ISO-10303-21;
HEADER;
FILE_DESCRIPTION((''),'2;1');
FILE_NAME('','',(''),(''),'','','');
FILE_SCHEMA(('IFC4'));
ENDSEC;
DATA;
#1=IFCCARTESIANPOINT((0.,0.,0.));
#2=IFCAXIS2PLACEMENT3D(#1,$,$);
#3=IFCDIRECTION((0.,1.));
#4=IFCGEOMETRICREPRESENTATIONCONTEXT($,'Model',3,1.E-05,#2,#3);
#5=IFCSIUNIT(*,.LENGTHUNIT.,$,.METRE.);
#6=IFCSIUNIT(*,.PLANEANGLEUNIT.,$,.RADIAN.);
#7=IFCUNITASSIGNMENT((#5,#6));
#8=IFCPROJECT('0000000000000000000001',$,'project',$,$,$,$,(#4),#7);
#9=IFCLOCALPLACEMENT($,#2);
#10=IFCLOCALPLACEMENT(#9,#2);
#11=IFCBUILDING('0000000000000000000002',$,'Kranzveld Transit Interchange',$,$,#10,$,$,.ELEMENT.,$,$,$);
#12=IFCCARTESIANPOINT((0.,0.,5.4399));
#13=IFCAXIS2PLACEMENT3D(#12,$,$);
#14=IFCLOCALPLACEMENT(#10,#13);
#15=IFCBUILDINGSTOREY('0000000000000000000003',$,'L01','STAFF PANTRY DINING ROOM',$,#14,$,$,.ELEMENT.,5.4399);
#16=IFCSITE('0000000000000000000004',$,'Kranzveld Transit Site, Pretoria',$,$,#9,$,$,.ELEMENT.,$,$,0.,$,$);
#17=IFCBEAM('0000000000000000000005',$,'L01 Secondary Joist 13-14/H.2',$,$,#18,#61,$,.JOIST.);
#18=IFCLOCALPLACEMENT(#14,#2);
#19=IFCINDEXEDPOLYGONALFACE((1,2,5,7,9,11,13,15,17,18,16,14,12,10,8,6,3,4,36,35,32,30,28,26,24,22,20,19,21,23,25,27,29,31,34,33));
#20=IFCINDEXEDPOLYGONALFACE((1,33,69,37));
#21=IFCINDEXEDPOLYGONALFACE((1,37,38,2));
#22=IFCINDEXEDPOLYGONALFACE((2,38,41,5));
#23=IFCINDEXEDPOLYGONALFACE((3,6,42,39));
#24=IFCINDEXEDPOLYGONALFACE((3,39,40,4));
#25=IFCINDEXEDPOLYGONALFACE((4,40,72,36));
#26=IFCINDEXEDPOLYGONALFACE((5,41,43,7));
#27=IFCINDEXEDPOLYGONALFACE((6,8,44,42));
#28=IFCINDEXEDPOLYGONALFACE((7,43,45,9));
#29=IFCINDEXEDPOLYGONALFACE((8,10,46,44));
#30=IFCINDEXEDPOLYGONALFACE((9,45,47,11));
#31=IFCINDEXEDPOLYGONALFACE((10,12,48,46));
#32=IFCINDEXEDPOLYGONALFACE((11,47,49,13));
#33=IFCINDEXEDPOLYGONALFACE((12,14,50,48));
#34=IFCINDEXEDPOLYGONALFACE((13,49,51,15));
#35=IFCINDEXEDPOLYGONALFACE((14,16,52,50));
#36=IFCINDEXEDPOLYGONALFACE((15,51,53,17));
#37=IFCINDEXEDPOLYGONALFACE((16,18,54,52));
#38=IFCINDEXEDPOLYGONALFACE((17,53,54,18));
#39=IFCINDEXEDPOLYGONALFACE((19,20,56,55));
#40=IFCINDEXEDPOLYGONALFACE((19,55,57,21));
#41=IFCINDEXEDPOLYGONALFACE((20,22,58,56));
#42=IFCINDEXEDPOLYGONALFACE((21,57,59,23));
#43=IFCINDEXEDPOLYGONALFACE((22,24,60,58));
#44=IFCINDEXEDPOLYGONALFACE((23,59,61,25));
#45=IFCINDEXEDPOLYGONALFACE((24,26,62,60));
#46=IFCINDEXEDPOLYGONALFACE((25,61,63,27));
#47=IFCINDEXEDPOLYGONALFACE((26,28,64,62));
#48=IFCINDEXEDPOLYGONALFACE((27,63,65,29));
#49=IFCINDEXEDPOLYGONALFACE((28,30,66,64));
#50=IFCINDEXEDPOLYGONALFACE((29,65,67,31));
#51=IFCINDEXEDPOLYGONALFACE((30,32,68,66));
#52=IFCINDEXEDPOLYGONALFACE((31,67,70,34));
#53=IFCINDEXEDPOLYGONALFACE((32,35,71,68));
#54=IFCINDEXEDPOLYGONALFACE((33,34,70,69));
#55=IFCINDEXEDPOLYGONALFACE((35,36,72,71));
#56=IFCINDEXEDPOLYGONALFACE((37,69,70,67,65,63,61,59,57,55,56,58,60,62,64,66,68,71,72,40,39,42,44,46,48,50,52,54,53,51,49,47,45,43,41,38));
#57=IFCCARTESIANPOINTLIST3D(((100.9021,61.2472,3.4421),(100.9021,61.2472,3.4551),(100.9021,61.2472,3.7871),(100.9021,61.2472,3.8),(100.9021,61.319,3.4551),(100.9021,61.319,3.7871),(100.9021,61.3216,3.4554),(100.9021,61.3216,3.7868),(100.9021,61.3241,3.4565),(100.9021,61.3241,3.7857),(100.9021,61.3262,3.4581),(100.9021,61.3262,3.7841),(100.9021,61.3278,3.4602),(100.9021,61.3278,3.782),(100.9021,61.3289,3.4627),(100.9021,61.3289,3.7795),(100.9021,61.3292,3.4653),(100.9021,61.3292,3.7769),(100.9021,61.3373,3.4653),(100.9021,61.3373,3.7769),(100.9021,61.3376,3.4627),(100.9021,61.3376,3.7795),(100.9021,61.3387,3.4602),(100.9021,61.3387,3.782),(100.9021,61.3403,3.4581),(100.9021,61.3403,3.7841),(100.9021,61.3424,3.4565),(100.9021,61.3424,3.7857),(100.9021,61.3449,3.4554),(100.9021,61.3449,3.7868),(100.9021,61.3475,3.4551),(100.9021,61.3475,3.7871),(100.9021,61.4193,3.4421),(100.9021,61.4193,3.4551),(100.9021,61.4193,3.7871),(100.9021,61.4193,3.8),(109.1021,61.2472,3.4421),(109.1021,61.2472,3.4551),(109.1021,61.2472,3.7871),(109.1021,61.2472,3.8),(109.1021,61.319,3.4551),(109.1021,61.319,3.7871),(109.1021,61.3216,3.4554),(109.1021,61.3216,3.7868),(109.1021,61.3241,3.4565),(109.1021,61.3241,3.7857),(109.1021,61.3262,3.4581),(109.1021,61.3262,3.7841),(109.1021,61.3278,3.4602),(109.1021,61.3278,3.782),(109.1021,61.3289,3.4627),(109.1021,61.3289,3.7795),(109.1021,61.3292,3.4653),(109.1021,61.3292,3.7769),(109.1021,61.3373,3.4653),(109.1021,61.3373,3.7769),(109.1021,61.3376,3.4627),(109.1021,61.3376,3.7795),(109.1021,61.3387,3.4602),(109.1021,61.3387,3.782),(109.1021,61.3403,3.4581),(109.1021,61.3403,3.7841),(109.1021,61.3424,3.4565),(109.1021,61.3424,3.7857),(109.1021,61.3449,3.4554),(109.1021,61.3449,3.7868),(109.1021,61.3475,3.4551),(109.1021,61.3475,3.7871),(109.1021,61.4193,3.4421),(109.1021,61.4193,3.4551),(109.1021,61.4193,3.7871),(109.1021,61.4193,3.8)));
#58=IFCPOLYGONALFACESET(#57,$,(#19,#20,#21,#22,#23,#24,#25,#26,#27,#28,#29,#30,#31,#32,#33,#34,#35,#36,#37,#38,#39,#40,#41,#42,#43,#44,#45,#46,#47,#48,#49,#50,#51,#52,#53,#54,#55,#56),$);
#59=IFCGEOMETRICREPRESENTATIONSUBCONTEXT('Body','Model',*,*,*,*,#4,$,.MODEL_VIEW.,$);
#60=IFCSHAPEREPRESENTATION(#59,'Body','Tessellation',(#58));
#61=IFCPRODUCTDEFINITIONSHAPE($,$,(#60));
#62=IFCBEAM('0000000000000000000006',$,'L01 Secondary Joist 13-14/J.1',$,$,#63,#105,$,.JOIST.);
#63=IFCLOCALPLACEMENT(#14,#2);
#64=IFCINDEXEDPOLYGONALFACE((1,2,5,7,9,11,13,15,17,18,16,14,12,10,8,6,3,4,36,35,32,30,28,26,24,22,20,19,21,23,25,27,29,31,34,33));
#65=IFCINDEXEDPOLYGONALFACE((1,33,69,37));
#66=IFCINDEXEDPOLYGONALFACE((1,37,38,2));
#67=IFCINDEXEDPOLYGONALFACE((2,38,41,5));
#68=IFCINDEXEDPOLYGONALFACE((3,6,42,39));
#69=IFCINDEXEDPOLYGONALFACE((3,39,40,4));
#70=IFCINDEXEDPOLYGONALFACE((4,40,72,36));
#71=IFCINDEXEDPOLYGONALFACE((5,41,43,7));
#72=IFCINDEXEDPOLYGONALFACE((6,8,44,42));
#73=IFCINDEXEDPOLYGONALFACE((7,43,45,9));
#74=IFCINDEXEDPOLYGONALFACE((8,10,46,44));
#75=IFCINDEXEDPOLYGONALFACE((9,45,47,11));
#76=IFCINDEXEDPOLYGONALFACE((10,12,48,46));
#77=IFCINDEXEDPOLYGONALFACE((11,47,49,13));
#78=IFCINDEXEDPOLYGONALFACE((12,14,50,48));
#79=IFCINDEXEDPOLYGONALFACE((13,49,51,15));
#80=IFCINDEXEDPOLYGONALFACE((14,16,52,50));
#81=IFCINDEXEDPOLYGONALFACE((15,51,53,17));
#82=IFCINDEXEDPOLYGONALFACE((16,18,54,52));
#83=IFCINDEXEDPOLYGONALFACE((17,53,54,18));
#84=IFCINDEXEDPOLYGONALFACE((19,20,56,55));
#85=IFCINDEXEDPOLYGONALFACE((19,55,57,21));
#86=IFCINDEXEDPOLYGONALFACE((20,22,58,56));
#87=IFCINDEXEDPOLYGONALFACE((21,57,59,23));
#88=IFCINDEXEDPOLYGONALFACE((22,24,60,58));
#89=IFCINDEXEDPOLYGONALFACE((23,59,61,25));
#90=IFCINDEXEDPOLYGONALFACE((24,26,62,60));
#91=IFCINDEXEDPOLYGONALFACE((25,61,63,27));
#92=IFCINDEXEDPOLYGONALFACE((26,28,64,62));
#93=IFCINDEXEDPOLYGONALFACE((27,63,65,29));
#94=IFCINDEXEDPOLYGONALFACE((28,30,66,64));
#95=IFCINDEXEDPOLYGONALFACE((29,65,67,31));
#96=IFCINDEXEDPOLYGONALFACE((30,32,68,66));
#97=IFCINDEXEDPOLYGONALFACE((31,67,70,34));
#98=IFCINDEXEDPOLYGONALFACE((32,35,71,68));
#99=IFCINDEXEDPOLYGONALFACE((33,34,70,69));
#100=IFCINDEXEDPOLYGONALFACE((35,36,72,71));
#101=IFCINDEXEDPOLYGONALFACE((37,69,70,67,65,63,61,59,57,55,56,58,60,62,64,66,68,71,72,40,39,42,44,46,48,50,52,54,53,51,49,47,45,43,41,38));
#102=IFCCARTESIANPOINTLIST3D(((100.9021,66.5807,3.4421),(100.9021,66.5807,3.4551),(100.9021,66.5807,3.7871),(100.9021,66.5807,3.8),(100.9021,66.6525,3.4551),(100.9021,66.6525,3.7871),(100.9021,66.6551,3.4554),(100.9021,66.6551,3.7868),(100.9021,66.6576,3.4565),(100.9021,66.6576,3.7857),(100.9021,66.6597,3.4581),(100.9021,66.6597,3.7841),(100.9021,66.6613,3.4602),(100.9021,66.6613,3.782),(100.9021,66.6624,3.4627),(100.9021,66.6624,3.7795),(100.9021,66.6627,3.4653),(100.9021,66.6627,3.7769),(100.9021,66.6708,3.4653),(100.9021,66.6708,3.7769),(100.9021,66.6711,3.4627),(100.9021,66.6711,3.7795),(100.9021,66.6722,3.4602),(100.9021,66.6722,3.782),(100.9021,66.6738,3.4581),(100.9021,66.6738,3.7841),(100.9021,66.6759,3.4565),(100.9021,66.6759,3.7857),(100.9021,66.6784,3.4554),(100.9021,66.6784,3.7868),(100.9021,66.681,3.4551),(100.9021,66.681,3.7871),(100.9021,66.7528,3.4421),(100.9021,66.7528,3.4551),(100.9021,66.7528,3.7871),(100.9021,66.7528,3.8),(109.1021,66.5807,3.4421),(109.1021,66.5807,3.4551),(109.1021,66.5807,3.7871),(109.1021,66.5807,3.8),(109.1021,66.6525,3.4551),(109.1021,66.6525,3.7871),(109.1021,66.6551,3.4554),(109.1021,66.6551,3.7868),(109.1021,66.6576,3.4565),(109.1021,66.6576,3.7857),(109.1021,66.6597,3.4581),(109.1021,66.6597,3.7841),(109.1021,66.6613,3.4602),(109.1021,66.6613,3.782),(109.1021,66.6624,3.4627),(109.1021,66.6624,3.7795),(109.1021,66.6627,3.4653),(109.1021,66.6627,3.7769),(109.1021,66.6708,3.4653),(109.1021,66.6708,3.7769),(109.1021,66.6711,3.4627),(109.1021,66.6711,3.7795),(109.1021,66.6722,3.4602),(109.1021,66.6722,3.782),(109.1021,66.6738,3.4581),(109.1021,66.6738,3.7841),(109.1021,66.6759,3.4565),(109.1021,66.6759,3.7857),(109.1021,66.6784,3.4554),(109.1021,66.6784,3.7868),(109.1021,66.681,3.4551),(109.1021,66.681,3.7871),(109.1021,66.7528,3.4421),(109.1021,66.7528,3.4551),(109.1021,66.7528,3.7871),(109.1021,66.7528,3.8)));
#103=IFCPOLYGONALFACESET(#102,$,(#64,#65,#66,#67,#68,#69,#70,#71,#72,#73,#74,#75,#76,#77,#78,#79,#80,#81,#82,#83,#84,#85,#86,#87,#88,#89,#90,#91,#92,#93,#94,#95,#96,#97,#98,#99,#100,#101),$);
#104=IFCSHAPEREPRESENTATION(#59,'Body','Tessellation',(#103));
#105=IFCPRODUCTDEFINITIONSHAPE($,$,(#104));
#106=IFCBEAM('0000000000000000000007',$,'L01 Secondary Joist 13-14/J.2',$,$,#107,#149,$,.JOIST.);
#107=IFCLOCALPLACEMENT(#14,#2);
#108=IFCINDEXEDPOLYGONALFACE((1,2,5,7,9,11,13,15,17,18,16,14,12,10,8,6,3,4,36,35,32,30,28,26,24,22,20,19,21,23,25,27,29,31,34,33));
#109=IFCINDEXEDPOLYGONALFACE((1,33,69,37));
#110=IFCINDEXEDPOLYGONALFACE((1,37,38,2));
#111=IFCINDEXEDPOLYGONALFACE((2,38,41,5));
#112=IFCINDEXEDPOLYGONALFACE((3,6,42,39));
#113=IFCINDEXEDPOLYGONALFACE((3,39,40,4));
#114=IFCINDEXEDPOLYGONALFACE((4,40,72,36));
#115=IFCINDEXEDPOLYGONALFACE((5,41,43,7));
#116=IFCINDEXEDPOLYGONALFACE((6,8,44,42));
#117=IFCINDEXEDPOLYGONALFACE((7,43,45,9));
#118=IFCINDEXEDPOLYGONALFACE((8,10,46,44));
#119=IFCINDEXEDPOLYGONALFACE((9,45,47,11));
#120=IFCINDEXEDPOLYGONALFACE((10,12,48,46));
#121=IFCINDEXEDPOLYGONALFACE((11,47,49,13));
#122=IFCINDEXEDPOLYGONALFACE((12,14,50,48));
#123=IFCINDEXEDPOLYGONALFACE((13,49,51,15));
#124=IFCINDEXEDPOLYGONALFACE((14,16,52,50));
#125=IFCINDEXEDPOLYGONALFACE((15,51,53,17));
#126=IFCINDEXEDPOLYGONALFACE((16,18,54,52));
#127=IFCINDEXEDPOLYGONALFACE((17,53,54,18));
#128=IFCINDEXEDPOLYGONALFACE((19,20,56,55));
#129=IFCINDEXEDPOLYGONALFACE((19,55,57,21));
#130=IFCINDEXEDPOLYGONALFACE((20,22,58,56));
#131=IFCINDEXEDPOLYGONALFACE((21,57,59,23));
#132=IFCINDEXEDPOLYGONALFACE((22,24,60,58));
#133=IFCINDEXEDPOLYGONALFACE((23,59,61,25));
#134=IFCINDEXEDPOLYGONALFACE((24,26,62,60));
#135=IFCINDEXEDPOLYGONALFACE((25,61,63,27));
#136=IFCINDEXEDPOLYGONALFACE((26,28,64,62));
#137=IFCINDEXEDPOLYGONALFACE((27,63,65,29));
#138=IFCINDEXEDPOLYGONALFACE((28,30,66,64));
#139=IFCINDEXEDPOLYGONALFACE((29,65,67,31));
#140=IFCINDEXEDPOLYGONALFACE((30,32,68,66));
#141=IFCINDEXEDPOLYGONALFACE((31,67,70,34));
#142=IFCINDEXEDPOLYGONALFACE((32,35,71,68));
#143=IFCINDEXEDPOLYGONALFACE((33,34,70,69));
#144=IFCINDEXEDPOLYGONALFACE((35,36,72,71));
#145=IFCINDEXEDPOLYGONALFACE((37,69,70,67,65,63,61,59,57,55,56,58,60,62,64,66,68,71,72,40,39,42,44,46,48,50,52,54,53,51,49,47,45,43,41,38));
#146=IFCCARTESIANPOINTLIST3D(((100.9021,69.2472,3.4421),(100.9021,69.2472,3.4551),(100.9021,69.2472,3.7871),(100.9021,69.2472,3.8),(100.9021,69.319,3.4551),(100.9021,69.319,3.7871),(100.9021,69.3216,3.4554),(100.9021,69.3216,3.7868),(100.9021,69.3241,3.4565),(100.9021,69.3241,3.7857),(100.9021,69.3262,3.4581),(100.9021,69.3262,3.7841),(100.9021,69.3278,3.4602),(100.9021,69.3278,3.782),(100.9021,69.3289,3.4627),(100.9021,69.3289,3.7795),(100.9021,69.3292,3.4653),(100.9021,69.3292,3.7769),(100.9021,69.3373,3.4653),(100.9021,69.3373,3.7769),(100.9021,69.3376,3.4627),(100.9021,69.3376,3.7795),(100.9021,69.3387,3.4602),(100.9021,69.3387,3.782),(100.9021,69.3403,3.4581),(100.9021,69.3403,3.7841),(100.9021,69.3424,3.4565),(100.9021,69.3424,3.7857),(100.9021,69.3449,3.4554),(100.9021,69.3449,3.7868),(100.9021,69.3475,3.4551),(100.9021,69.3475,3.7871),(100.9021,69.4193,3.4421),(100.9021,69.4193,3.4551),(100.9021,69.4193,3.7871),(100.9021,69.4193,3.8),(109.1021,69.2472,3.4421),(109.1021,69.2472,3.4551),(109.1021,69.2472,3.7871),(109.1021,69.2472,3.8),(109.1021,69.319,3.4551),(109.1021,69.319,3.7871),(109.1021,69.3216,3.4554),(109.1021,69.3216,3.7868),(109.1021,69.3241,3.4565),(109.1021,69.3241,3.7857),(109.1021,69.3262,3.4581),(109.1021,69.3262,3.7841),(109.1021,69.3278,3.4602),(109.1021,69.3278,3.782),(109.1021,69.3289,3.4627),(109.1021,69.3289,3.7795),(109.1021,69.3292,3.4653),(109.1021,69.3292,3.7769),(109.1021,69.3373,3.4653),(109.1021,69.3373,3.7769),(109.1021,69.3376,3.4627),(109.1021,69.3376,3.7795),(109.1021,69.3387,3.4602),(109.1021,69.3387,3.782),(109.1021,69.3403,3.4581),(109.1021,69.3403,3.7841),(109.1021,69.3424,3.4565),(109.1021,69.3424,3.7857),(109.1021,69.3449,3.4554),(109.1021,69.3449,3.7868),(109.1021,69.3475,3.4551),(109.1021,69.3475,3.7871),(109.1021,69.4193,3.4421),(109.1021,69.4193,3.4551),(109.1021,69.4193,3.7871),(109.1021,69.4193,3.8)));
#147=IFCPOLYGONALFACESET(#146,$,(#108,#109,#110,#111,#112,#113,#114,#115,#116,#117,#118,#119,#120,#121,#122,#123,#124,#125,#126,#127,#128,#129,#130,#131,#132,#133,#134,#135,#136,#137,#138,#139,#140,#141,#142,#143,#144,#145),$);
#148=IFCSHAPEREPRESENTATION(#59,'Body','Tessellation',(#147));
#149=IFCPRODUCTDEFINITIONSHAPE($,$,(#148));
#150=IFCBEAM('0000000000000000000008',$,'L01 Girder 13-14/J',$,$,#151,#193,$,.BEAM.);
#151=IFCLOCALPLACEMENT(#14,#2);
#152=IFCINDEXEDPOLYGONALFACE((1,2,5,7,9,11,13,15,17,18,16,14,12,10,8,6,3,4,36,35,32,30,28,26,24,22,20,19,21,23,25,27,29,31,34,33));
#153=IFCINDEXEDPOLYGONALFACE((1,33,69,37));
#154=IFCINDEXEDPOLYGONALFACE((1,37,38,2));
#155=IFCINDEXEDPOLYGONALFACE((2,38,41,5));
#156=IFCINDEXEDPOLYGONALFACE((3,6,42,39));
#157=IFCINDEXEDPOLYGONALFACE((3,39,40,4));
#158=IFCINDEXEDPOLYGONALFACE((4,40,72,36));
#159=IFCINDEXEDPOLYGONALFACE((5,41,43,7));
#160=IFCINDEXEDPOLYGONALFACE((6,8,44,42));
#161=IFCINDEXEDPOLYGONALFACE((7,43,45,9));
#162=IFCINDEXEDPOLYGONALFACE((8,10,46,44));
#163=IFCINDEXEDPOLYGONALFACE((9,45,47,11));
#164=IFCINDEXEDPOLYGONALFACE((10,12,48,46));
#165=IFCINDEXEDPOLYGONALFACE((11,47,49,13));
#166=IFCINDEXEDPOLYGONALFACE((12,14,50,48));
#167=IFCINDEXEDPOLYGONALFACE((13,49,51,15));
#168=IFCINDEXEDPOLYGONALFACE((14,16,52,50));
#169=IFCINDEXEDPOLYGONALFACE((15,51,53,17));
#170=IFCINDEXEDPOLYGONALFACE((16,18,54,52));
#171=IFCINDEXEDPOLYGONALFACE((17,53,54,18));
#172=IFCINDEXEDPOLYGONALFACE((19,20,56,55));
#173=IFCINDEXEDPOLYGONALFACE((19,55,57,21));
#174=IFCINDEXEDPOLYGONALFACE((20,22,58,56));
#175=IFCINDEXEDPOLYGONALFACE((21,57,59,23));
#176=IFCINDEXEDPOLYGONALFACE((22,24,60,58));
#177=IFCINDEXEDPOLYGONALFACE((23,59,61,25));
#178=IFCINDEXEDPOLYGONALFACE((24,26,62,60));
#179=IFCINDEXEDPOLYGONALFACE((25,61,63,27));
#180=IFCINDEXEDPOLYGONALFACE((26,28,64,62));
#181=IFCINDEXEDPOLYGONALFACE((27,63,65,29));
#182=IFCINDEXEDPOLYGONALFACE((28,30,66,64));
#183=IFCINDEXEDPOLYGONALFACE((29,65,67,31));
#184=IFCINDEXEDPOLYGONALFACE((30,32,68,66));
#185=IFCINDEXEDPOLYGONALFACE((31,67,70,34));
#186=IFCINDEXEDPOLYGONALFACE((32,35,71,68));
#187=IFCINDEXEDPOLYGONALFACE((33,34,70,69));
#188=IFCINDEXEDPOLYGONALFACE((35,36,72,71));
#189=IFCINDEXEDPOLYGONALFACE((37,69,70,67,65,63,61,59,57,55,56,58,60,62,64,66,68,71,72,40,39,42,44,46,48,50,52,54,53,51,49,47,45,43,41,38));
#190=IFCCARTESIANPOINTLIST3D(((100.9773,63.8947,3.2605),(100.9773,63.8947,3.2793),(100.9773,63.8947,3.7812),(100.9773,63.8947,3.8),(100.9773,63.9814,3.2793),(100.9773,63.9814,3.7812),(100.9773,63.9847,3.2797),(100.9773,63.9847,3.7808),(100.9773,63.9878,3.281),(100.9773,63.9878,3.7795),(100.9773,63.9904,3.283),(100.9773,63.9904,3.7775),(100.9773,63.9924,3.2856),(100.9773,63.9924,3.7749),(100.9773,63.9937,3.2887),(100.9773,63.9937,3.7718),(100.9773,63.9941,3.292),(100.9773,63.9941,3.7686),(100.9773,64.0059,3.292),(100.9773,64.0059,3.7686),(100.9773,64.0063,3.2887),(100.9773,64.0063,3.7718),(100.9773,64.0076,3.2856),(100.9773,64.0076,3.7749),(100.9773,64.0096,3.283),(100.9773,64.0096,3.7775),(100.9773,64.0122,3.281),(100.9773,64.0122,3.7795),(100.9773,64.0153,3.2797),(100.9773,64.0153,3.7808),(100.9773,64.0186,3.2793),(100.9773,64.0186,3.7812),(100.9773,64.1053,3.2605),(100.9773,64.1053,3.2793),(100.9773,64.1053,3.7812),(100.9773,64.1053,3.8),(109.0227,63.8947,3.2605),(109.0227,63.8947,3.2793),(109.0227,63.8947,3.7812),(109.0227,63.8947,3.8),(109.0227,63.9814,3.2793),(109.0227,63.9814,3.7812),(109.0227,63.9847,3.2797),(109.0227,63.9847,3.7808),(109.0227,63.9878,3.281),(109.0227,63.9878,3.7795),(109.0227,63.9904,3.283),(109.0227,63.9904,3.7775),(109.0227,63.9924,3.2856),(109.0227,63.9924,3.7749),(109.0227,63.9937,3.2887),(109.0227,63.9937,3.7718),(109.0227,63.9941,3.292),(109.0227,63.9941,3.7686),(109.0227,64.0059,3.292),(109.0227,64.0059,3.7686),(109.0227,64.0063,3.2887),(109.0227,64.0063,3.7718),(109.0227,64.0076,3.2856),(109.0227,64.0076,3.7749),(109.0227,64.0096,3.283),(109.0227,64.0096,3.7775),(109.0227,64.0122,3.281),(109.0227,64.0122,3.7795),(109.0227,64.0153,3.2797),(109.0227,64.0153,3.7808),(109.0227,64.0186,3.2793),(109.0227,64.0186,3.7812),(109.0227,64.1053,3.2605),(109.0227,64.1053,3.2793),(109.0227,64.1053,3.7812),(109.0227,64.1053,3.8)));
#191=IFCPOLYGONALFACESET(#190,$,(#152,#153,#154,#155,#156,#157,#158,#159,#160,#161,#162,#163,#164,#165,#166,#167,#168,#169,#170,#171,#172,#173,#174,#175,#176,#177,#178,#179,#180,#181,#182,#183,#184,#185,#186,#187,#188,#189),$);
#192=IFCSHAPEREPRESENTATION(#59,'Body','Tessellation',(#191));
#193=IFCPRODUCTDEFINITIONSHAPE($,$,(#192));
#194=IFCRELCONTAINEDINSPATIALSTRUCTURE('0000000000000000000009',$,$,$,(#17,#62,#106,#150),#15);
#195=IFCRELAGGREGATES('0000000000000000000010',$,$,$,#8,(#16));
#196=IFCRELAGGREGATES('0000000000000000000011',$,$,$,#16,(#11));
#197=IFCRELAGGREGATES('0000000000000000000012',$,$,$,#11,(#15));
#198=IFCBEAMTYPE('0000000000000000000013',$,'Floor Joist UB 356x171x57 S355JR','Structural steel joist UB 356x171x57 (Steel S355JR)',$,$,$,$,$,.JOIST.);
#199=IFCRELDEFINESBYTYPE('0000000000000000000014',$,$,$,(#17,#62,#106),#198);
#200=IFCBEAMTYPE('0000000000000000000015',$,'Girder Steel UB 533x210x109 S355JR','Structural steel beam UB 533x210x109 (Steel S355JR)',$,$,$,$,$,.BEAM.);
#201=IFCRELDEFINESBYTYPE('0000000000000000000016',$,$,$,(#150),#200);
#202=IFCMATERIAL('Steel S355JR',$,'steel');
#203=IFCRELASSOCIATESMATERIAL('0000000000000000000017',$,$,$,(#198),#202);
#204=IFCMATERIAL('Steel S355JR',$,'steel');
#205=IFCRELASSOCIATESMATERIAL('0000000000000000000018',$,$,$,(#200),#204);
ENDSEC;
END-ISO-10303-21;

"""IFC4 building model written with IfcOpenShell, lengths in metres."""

from ifc_helpers import new_model, si_unit, direction, frame, origin, origin_2d, place, context, subcontext, project, spatial, i_section, extrude, material, material_profile, profile_set, type_object, element, save


model = new_model("IFC4")

# Units and contexts
model_context = context("Model", 3, precision=1e-05, world=origin(), true_north=direction((0.0, 1.0)))
body_context = subcontext(model_context, "Body", "Model", "MODEL_VIEW")
ifc_project = project(units=[si_unit("LENGTHUNIT", "METRE"), si_unit("PLANEANGLEUNIT", "RADIAN")], contexts=[model_context])

# Site, building, storey
site_placement = place(None, origin())
site = spatial("IfcSite", under=ifc_project, at=site_placement, Name="Kranzveld Transit Site, Pretoria", CompositionType="ELEMENT", RefElevation=0.0)
building_placement = place(site_placement, origin())
building = spatial("IfcBuilding", under=site, at=building_placement, Name="Kranzveld Transit Interchange", CompositionType="ELEMENT")
storey_placement = place(building_placement, frame((0.0, 0.0, 5.4399)))
storey = spatial("IfcBuildingStorey", under=building, at=storey_placement, Name="L01", Description="STAFF PANTRY DINING ROOM", CompositionType="ELEMENT", Elevation=5.4399)

# Beams
ifc_material_1 = material(Name="Steel S355JR", Category="steel")
ifc_material_profile_1 = material_profile(ifc_material_1, i_section(OverallWidth=0.1721, OverallDepth=0.3579, WebThickness=0.0081, FlangeThickness=0.0129, FilletRadius=0.0103, at=origin_2d()), Name="UB 356x171x57")
ifc_profile_set_1 = profile_set([ifc_material_profile_1], Name="Steel S355JR")
beam_type_1 = type_object("IfcBeamType", Name="Floor Joist UB 356x171x57 S355JR", Description="Structural steel joist UB 356x171x57 (Steel S355JR)", PredefinedType="JOIST", material=ifc_profile_set_1)
for number, where, z_axis, x_axis, name in (
    (1, (100.9021, 61.3333, 3.6211), (1.0, 0.0, 0.0), (0.0, 1.0, 0.0), "L01 Secondary Joist 13-14/H.2"),
    (2, (100.9021, 66.6667, 3.6211), (1.0, 0.0, 0.0), (0.0, 1.0, 0.0), "L01 Secondary Joist 13-14/J.1"),
    (3, (100.9021, 69.3333, 3.6211), (1.0, 0.0, 0.0), (0.0, 1.0, 0.0), "L01 Secondary Joist 13-14/J.2"),
):
    element("IfcBeam", number, at=place(storey_placement, frame(where, z_axis=z_axis, x_axis=x_axis)), inside=storey, type_object=beam_type_1, Name=name, PredefinedType="JOIST", context=body_context, shape_type="SweptSolid", body=[
        extrude(i_section(OverallWidth=0.1721, OverallDepth=0.3579, WebThickness=0.0081, FlangeThickness=0.0129, FilletRadius=0.0103, at=origin_2d()), origin(), (0.0, 0.0, 1.0), 8.2),
    ])
ifc_material_2 = material(Name="Steel S355JR", Category="steel")
ifc_material_profile_2 = material_profile(ifc_material_2, i_section(OverallWidth=0.2107, OverallDepth=0.5396, WebThickness=0.0117, FlangeThickness=0.0188, FilletRadius=0.0127, at=origin_2d()), Name="UB 533x210x109")
ifc_profile_set_2 = profile_set([ifc_material_profile_2], Name="Steel S355JR")
beam_type_2 = type_object("IfcBeamType", Name="Girder Steel UB 533x210x109 S355JR", Description="Structural steel beam UB 533x210x109 (Steel S355JR)", PredefinedType="BEAM", material=ifc_profile_set_2)
beam_1_placement = place(storey_placement, frame((100.9773, 64.0, 3.5303), z_axis=(1.0, 0.0, 0.0), x_axis=(0.0, 1.0, 0.0)))
element("IfcBeam", 4, at=beam_1_placement, inside=storey, type_object=beam_type_2, Name="L01 Girder 13-14/J", PredefinedType="BEAM", context=body_context, shape_type="SweptSolid", body=[
    extrude(i_section(OverallWidth=0.2107, OverallDepth=0.5396, WebThickness=0.0117, FlangeThickness=0.0188, FilletRadius=0.0127, at=origin_2d()), origin(), (0.0, 0.0, 1.0), 8.0454),
])

save(model, "model.ifc")
